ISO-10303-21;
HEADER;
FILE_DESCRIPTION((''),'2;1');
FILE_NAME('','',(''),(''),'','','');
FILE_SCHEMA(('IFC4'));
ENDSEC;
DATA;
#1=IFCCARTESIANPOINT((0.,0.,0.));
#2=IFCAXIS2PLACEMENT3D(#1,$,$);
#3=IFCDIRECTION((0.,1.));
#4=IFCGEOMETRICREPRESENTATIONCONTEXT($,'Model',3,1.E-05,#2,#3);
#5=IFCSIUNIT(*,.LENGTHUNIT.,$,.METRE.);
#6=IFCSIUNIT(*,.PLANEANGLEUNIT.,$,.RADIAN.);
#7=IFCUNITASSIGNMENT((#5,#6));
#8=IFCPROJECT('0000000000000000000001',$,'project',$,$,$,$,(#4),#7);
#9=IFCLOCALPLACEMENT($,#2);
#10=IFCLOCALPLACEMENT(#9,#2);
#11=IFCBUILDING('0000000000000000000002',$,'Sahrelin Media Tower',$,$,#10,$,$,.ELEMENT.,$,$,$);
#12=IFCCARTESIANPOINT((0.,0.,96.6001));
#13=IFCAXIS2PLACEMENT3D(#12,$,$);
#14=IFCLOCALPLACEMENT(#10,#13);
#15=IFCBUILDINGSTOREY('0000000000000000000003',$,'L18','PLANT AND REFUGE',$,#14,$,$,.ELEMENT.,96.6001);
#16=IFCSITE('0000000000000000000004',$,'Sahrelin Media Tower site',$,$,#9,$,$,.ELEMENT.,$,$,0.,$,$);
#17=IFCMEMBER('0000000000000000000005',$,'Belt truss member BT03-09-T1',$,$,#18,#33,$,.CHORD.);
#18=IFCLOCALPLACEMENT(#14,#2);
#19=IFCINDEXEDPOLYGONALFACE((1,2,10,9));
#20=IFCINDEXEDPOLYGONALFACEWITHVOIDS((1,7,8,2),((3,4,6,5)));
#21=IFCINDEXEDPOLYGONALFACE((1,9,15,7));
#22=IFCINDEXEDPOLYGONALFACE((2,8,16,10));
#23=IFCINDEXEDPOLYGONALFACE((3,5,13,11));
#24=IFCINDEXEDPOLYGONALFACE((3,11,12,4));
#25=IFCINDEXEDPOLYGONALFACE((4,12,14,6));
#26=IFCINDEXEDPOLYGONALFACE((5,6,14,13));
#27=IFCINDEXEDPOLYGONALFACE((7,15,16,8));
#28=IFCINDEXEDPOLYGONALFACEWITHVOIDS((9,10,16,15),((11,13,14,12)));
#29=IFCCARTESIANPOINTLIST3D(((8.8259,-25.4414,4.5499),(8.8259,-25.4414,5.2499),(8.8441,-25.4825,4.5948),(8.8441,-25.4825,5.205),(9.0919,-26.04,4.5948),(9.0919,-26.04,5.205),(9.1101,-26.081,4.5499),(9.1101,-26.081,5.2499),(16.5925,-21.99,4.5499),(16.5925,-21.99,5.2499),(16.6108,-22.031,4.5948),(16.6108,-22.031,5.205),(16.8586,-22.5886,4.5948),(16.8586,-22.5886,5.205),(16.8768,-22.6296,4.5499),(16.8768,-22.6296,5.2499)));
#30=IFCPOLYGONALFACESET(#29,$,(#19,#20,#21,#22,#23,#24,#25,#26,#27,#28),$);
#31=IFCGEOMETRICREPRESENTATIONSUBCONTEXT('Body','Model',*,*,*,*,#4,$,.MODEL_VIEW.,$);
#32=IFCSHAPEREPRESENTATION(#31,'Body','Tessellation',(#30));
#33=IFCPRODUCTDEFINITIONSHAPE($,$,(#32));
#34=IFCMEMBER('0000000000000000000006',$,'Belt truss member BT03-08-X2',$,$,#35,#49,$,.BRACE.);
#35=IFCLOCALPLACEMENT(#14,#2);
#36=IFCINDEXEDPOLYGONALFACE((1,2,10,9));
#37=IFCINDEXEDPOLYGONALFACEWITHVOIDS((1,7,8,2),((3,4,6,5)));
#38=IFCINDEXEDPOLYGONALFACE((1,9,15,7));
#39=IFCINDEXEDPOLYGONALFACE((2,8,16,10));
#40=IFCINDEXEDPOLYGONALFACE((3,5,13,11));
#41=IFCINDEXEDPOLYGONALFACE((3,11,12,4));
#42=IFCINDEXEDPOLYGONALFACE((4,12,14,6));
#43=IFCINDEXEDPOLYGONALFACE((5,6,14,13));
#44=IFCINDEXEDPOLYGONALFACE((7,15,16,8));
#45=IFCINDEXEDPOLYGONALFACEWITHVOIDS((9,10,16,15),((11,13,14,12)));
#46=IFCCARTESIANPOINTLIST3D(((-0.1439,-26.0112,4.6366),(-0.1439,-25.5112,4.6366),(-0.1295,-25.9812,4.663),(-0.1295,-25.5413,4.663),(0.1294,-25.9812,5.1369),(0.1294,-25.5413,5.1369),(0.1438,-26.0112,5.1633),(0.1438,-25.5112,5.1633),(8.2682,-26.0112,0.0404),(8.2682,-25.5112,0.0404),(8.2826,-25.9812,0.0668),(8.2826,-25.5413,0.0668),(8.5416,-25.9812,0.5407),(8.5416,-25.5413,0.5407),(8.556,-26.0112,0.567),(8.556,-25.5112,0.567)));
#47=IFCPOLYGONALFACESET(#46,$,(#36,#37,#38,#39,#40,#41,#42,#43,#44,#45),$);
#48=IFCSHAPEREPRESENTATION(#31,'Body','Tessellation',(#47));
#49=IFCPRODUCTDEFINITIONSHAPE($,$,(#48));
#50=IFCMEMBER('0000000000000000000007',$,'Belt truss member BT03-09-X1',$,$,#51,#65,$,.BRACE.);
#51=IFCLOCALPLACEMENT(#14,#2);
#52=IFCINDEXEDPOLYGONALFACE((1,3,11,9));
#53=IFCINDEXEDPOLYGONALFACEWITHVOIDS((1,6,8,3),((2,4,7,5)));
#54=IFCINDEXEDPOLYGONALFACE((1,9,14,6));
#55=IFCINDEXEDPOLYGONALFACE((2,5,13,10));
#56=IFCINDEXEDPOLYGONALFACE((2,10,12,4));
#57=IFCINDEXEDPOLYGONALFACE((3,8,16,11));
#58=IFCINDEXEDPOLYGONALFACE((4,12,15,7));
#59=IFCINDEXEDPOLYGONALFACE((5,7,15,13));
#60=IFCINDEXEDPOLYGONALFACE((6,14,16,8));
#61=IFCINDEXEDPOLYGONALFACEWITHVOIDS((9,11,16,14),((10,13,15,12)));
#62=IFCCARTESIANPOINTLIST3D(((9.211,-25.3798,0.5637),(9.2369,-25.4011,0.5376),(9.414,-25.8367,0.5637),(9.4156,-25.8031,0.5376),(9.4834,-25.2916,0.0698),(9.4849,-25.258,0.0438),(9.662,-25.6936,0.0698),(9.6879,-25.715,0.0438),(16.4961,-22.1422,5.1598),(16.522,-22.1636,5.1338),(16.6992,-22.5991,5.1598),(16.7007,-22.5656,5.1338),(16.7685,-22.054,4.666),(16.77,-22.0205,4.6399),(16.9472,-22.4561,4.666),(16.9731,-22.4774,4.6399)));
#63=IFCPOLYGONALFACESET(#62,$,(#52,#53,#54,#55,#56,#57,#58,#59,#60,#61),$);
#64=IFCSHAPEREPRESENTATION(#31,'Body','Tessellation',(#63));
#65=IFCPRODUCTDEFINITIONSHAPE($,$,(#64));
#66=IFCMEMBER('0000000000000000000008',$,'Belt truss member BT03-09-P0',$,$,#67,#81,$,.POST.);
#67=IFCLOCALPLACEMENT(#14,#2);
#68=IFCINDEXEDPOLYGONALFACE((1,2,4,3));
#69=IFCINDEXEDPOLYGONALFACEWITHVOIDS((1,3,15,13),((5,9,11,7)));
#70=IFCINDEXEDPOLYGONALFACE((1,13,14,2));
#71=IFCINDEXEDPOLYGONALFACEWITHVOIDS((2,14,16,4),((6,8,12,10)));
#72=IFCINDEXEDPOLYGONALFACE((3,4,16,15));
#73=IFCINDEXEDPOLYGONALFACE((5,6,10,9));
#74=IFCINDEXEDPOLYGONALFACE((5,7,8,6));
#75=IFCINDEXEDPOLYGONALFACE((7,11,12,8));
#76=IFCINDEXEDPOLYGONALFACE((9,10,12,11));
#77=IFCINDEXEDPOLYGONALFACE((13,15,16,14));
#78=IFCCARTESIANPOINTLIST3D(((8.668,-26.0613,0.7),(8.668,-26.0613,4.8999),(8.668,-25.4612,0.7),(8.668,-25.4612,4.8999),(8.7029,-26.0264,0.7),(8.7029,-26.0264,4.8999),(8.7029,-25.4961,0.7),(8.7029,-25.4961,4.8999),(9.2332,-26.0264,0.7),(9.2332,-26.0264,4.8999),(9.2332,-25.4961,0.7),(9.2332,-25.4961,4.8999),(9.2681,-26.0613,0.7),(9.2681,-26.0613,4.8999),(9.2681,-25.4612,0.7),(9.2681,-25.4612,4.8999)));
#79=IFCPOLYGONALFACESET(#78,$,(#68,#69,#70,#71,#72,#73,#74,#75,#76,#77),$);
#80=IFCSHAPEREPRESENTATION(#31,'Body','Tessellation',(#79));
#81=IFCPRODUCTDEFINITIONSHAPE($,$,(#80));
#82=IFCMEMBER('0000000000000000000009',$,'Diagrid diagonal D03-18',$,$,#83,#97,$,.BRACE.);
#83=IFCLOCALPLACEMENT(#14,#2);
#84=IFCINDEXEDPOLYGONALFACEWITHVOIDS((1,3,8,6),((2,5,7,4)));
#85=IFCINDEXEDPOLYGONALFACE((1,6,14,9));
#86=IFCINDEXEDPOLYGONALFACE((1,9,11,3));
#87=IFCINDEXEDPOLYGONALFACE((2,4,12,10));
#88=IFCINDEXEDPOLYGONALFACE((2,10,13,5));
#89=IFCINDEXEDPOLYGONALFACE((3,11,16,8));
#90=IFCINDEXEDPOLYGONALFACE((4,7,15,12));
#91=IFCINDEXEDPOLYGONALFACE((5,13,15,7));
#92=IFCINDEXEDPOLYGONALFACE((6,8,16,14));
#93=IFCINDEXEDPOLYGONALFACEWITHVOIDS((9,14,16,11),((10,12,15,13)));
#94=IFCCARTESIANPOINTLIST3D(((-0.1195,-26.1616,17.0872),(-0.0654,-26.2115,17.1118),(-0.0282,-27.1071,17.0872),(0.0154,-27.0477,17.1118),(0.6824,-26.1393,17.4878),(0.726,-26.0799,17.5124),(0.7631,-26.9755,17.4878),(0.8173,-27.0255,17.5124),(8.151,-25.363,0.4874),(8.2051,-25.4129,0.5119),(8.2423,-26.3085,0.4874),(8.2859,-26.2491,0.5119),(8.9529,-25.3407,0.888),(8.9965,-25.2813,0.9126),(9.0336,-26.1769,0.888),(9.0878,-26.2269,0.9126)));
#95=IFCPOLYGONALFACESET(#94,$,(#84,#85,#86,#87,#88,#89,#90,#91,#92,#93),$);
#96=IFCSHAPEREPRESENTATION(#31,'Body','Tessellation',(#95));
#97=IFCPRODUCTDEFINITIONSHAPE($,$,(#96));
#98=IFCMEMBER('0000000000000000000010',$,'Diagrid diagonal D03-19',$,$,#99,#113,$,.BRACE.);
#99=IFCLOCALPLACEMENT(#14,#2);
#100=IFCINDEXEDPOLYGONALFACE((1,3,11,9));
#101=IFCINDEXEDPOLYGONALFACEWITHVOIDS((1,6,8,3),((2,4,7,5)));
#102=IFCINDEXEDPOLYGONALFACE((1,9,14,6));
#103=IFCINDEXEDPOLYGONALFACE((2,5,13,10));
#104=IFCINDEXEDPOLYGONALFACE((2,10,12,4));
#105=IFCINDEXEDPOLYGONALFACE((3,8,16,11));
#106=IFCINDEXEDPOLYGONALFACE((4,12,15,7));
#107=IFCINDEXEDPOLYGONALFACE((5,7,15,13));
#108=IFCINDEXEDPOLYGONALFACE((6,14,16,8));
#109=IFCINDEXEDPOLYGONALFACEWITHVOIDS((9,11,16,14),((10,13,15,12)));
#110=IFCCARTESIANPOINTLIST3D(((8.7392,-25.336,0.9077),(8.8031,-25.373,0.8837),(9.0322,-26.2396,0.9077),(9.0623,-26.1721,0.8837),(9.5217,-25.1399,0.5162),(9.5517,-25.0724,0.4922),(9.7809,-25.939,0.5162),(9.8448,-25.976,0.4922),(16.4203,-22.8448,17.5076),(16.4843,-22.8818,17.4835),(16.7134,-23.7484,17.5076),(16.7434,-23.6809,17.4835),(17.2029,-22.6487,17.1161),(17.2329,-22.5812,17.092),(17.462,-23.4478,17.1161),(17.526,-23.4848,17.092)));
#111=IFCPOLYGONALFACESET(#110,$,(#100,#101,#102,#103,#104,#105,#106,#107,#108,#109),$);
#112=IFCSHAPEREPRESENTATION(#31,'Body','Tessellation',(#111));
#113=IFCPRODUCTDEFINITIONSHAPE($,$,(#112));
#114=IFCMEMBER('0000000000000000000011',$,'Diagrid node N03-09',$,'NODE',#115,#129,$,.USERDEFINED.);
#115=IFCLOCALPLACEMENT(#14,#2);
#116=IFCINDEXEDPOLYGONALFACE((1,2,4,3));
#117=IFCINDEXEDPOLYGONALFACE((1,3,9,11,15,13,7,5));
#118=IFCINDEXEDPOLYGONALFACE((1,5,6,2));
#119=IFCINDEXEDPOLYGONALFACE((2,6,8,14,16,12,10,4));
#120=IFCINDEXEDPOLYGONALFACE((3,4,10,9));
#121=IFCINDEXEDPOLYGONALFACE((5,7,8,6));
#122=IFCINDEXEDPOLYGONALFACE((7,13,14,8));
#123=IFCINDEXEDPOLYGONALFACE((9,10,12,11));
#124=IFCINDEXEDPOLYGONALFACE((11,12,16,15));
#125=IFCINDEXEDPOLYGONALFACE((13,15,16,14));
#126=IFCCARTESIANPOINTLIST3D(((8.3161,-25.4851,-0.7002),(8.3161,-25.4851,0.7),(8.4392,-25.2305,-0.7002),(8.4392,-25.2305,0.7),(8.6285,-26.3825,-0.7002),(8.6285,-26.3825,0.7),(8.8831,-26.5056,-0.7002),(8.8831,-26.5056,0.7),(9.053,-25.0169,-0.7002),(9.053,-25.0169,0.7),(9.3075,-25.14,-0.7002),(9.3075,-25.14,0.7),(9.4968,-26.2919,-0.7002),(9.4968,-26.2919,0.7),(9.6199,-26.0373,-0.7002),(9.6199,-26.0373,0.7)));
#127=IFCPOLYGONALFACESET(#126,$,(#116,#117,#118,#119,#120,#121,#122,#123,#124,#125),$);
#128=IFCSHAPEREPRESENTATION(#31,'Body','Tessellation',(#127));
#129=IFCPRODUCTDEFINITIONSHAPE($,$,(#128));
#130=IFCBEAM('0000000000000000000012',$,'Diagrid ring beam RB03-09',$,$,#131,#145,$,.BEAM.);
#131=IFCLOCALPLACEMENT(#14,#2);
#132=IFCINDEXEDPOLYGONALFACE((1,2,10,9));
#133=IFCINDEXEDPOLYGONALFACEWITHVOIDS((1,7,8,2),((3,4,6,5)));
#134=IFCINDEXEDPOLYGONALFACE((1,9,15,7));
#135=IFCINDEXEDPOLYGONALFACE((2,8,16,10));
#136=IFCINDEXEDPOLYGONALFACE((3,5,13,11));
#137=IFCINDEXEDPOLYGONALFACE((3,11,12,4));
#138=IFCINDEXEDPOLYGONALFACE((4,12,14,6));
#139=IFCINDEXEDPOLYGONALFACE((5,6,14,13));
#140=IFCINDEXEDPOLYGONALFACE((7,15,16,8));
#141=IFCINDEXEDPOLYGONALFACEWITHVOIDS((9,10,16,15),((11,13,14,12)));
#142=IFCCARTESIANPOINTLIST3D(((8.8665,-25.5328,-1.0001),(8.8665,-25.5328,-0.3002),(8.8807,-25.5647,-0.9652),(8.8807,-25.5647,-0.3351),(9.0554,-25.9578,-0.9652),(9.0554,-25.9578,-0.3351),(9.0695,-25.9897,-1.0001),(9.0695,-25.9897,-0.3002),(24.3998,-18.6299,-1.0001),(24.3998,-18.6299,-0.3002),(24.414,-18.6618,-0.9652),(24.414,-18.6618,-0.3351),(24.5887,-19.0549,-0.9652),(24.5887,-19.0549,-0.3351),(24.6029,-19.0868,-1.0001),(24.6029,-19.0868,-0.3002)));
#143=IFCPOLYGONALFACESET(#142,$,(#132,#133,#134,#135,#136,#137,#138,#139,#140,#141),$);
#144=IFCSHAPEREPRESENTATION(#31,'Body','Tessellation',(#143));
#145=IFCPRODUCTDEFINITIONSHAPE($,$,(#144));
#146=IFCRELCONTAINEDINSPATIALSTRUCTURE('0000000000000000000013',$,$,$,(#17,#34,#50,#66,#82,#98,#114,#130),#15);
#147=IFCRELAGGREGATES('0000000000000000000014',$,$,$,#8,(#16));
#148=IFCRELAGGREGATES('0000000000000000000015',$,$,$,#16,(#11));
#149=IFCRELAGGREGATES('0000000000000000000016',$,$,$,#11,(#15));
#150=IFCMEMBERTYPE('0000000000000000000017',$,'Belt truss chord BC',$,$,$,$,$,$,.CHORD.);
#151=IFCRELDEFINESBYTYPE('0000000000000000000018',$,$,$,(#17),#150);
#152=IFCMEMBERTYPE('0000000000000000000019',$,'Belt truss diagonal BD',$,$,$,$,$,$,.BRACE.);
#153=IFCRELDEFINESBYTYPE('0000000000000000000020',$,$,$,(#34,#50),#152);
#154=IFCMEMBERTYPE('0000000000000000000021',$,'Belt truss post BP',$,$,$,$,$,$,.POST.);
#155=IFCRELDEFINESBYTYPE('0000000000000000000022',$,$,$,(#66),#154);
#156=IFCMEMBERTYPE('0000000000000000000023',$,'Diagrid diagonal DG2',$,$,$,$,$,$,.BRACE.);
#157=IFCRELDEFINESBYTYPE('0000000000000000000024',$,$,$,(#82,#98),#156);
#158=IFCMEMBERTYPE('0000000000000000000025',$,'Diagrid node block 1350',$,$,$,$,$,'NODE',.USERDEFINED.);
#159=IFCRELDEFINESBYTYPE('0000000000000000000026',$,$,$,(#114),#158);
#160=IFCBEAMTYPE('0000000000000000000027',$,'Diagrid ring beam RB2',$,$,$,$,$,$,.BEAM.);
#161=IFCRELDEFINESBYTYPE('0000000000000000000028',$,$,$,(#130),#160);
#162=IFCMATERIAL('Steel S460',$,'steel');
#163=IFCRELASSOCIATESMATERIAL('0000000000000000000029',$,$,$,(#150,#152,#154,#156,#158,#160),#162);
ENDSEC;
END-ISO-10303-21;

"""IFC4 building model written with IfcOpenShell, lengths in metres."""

from ifc_helpers import new_model, si_unit, direction, frame, origin, origin_2d, place, context, subcontext, project, spatial, polyline, hollow_rectangle, outline, extrude, material, material_profile, profile_set, type_object, element, save


model = new_model("IFC4")

# Units and contexts
model_context = context("Model", 3, precision=1e-05, world=origin(), true_north=direction((0.0, 1.0)))
body_context = subcontext(model_context, "Body", "Model", "MODEL_VIEW")
ifc_project = project(units=[si_unit("LENGTHUNIT", "METRE"), si_unit("PLANEANGLEUNIT", "RADIAN")], contexts=[model_context])

# Site, building, storey
site_placement = place(None, origin())
site = spatial("IfcSite", under=ifc_project, at=site_placement, Name="Sahrelin Media Tower site", CompositionType="ELEMENT", RefElevation=0.0)
building_placement = place(site_placement, origin())
building = spatial("IfcBuilding", under=site, at=building_placement, Name="Sahrelin Media Tower", CompositionType="ELEMENT")
storey_placement = place(building_placement, frame((0.0, 0.0, 96.6001)))
storey = spatial("IfcBuildingStorey", under=building, at=storey_placement, Name="L18", Description="PLANT AND REFUGE", CompositionType="ELEMENT", Elevation=96.6001)

# Members
ifc_material_1 = material(Name="Steel S460", Category="steel")
ifc_material_profile_1 = material_profile(ifc_material_1, hollow_rectangle(XDim=0.7, YDim=0.7, WallThickness=0.0449, at=origin_2d()), Name="Belt truss chord BC")
ifc_profile_set_1 = profile_set([ifc_material_profile_1], Name="Steel S460")
member_type_1 = type_object("IfcMemberType", Name="Belt truss chord BC", PredefinedType="CHORD", material=ifc_profile_set_1)
member_1_placement = place(storey_placement, frame((8.968, -25.7612, 4.8999), z_axis=(0.913829, 0.406098, 0.0), x_axis=(-0.406098, 0.913829, 0.0)))
element("IfcMember", 1, at=member_1_placement, inside=storey, type_object=member_type_1, Name="Belt truss member BT03-09-T1", PredefinedType="CHORD", context=body_context, shape_type="SweptSolid", body=[
    extrude(hollow_rectangle(XDim=0.7, YDim=0.7, WallThickness=0.0449, at=origin_2d()), origin(), (0.0, 0.0, 1.0), 8.499),
])
ifc_material_profile_2 = material_profile(ifc_material_1, hollow_rectangle(XDim=0.5, YDim=0.6001, WallThickness=0.03, at=origin_2d()), Name="Belt truss diagonal BD")
ifc_profile_set_2 = profile_set([ifc_material_profile_2], Name="Steel S460")
member_type_2 = type_object("IfcMemberType", Name="Belt truss diagonal BD", PredefinedType="BRACE", material=ifc_profile_set_2)
member_2_placement = place(storey_placement, frame((8.4121, -25.7612, 0.3037), z_axis=(-0.877555, 0.0, 0.479477), x_axis=(0.0, -1.0, 0.0)))
element("IfcMember", 2, at=member_2_placement, inside=storey, type_object=member_type_2, Name="Belt truss member BT03-08-X2", PredefinedType="BRACE", context=body_context, shape_type="SweptSolid", body=[
    extrude(hollow_rectangle(XDim=0.5, YDim=0.6001, WallThickness=0.03, at=origin_2d()), origin(), (0.0, 0.0, 1.0), 9.5859),
])
member_3_placement = place(storey_placement, frame((9.4495, -25.5474, 0.3037), z_axis=(0.791677, 0.351824, 0.499467), x_axis=(-0.406107, 0.913825, 0.0)))
element("IfcMember", 3, at=member_3_placement, inside=storey, type_object=member_type_2, Name="Belt truss member BT03-09-X1", PredefinedType="BRACE", context=body_context, shape_type="SweptSolid", body=[
    extrude(hollow_rectangle(XDim=0.5, YDim=0.6001, WallThickness=0.03, at=origin_2d()), origin(), (0.0, 0.0, 1.0), 9.2021),
])
ifc_material_profile_3 = material_profile(ifc_material_1, hollow_rectangle(XDim=0.6001, YDim=0.6001, WallThickness=0.0349, at=origin_2d()), Name="Belt truss post BP")
ifc_profile_set_3 = profile_set([ifc_material_profile_3], Name="Steel S460")
member_type_3 = type_object("IfcMemberType", Name="Belt truss post BP", PredefinedType="POST", material=ifc_profile_set_3)
member_4_placement = place(storey_placement, frame((8.968, -25.7612, 0.7), z_axis=(0.0, 0.0, 1.0), x_axis=(1.0, 0.0, 0.0)))
element("IfcMember", 4, at=member_4_placement, inside=storey, type_object=member_type_3, Name="Belt truss member BT03-09-P0", PredefinedType="POST", context=body_context, shape_type="SweptSolid", body=[
    extrude(hollow_rectangle(XDim=0.6001, YDim=0.6001, WallThickness=0.0349, at=origin_2d()), origin(), (0.0, 0.0, 1.0), 4.2),
])
ifc_material_profile_4 = material_profile(ifc_material_1, hollow_rectangle(XDim=0.95, YDim=0.95, WallThickness=0.0549, at=origin_2d()), Name="Diagrid diagonal DG2")
ifc_profile_set_4 = profile_set([ifc_material_profile_4], Name="Steel S460")
member_type_4 = type_object("IfcMemberType", Name="Diagrid diagonal DG2", PredefinedType="BRACE", material=ifc_profile_set_4)
member_5_placement = place(storey_placement, frame((8.6194, -25.7949, 0.7), z_axis=(-0.445531, -0.04302, 0.894232), x_axis=(0.096111, -0.995371, 0.0)))
element("IfcMember", 5, at=member_5_placement, inside=storey, type_object=member_type_4, Name="Diagrid diagonal D03-18", PredefinedType="BRACE", context=body_context, shape_type="SweptSolid", body=[
    extrude(hollow_rectangle(XDim=0.95, YDim=0.95, WallThickness=0.0549, at=origin_2d()), origin(), (0.0, 0.0, 1.0), 18.5632),
])
member_6_placement = place(storey_placement, frame((9.292, -25.656, 0.7), z_axis=(0.416103, 0.134954, 0.899247), x_axis=(-0.308508, 0.951222, 0.0)))
element("IfcMember", 6, at=member_6_placement, inside=storey, type_object=member_type_4, Name="Diagrid diagonal D03-19", PredefinedType="BRACE", context=body_context, shape_type="SweptSolid", body=[
    extrude(hollow_rectangle(XDim=0.95, YDim=0.95, WallThickness=0.0549, at=origin_2d()), origin(), (0.0, 0.0, 1.0), 18.4597),
])
ifc_material_profile_5 = material_profile(ifc_material_1, outline(polyline([(0.4751, -0.5249), (0.675, -0.325), (0.675, 0.325), (0.4751, 0.5249), (-0.4751, 0.5249), (-0.675, 0.325), (-0.675, -0.325), (-0.4751, -0.5249), (0.4751, -0.5249)])), Name="Diagrid node block 1350")
ifc_profile_set_5 = profile_set([ifc_material_profile_5], Name="Steel S460")
member_type_5 = type_object("IfcMemberType", Name="Diagrid node block 1350", ElementType="NODE", PredefinedType="USERDEFINED", material=ifc_profile_set_5)
member_7_placement = place(storey_placement, frame((8.968, -25.7612, -0.7002), z_axis=(0.0, 0.0, 1.0), x_axis=(0.328771, -0.94441, 0.0)))
element("IfcMember", 7, at=member_7_placement, inside=storey, type_object=member_type_5, Name="Diagrid node N03-09", ObjectType="NODE", PredefinedType="USERDEFINED", context=body_context, shape_type="SweptSolid", body=[
    extrude(outline(polyline([(0.4751, -0.5249), (0.675, -0.325), (0.675, 0.325), (0.4751, 0.5249), (-0.4751, 0.5249), (-0.675, 0.325), (-0.675, -0.325), (-0.4751, -0.5249), (0.4751, -0.5249)])), origin(), (0.0, 0.0, 1.0), 1.4001),
])

# Beam
ifc_material_profile_6 = material_profile(ifc_material_1, hollow_rectangle(XDim=0.5, YDim=0.7, WallThickness=0.0349, at=origin_2d()), Name="Diagrid ring beam RB2")
ifc_profile_set_6 = profile_set([ifc_material_profile_6], Name="Steel S460")
beam_type_1 = type_object("IfcBeamType", Name="Diagrid ring beam RB2", PredefinedType="BEAM", material=ifc_profile_set_6)
beam_1_placement = place(storey_placement, frame((8.968, -25.7612, -0.6501), z_axis=(0.913829, 0.406098, 0.0), x_axis=(-0.406098, 0.913829, 0.0)))
element("IfcBeam", 8, at=beam_1_placement, inside=storey, type_object=beam_type_1, Name="Diagrid ring beam RB03-09", PredefinedType="BEAM", context=body_context, shape_type="SweptSolid", body=[
    extrude(hollow_rectangle(XDim=0.5, YDim=0.7, WallThickness=0.0349, at=origin_2d()), origin(), (0.0, 0.0, 1.0), 16.998),
])

save(model, "model.ifc")
